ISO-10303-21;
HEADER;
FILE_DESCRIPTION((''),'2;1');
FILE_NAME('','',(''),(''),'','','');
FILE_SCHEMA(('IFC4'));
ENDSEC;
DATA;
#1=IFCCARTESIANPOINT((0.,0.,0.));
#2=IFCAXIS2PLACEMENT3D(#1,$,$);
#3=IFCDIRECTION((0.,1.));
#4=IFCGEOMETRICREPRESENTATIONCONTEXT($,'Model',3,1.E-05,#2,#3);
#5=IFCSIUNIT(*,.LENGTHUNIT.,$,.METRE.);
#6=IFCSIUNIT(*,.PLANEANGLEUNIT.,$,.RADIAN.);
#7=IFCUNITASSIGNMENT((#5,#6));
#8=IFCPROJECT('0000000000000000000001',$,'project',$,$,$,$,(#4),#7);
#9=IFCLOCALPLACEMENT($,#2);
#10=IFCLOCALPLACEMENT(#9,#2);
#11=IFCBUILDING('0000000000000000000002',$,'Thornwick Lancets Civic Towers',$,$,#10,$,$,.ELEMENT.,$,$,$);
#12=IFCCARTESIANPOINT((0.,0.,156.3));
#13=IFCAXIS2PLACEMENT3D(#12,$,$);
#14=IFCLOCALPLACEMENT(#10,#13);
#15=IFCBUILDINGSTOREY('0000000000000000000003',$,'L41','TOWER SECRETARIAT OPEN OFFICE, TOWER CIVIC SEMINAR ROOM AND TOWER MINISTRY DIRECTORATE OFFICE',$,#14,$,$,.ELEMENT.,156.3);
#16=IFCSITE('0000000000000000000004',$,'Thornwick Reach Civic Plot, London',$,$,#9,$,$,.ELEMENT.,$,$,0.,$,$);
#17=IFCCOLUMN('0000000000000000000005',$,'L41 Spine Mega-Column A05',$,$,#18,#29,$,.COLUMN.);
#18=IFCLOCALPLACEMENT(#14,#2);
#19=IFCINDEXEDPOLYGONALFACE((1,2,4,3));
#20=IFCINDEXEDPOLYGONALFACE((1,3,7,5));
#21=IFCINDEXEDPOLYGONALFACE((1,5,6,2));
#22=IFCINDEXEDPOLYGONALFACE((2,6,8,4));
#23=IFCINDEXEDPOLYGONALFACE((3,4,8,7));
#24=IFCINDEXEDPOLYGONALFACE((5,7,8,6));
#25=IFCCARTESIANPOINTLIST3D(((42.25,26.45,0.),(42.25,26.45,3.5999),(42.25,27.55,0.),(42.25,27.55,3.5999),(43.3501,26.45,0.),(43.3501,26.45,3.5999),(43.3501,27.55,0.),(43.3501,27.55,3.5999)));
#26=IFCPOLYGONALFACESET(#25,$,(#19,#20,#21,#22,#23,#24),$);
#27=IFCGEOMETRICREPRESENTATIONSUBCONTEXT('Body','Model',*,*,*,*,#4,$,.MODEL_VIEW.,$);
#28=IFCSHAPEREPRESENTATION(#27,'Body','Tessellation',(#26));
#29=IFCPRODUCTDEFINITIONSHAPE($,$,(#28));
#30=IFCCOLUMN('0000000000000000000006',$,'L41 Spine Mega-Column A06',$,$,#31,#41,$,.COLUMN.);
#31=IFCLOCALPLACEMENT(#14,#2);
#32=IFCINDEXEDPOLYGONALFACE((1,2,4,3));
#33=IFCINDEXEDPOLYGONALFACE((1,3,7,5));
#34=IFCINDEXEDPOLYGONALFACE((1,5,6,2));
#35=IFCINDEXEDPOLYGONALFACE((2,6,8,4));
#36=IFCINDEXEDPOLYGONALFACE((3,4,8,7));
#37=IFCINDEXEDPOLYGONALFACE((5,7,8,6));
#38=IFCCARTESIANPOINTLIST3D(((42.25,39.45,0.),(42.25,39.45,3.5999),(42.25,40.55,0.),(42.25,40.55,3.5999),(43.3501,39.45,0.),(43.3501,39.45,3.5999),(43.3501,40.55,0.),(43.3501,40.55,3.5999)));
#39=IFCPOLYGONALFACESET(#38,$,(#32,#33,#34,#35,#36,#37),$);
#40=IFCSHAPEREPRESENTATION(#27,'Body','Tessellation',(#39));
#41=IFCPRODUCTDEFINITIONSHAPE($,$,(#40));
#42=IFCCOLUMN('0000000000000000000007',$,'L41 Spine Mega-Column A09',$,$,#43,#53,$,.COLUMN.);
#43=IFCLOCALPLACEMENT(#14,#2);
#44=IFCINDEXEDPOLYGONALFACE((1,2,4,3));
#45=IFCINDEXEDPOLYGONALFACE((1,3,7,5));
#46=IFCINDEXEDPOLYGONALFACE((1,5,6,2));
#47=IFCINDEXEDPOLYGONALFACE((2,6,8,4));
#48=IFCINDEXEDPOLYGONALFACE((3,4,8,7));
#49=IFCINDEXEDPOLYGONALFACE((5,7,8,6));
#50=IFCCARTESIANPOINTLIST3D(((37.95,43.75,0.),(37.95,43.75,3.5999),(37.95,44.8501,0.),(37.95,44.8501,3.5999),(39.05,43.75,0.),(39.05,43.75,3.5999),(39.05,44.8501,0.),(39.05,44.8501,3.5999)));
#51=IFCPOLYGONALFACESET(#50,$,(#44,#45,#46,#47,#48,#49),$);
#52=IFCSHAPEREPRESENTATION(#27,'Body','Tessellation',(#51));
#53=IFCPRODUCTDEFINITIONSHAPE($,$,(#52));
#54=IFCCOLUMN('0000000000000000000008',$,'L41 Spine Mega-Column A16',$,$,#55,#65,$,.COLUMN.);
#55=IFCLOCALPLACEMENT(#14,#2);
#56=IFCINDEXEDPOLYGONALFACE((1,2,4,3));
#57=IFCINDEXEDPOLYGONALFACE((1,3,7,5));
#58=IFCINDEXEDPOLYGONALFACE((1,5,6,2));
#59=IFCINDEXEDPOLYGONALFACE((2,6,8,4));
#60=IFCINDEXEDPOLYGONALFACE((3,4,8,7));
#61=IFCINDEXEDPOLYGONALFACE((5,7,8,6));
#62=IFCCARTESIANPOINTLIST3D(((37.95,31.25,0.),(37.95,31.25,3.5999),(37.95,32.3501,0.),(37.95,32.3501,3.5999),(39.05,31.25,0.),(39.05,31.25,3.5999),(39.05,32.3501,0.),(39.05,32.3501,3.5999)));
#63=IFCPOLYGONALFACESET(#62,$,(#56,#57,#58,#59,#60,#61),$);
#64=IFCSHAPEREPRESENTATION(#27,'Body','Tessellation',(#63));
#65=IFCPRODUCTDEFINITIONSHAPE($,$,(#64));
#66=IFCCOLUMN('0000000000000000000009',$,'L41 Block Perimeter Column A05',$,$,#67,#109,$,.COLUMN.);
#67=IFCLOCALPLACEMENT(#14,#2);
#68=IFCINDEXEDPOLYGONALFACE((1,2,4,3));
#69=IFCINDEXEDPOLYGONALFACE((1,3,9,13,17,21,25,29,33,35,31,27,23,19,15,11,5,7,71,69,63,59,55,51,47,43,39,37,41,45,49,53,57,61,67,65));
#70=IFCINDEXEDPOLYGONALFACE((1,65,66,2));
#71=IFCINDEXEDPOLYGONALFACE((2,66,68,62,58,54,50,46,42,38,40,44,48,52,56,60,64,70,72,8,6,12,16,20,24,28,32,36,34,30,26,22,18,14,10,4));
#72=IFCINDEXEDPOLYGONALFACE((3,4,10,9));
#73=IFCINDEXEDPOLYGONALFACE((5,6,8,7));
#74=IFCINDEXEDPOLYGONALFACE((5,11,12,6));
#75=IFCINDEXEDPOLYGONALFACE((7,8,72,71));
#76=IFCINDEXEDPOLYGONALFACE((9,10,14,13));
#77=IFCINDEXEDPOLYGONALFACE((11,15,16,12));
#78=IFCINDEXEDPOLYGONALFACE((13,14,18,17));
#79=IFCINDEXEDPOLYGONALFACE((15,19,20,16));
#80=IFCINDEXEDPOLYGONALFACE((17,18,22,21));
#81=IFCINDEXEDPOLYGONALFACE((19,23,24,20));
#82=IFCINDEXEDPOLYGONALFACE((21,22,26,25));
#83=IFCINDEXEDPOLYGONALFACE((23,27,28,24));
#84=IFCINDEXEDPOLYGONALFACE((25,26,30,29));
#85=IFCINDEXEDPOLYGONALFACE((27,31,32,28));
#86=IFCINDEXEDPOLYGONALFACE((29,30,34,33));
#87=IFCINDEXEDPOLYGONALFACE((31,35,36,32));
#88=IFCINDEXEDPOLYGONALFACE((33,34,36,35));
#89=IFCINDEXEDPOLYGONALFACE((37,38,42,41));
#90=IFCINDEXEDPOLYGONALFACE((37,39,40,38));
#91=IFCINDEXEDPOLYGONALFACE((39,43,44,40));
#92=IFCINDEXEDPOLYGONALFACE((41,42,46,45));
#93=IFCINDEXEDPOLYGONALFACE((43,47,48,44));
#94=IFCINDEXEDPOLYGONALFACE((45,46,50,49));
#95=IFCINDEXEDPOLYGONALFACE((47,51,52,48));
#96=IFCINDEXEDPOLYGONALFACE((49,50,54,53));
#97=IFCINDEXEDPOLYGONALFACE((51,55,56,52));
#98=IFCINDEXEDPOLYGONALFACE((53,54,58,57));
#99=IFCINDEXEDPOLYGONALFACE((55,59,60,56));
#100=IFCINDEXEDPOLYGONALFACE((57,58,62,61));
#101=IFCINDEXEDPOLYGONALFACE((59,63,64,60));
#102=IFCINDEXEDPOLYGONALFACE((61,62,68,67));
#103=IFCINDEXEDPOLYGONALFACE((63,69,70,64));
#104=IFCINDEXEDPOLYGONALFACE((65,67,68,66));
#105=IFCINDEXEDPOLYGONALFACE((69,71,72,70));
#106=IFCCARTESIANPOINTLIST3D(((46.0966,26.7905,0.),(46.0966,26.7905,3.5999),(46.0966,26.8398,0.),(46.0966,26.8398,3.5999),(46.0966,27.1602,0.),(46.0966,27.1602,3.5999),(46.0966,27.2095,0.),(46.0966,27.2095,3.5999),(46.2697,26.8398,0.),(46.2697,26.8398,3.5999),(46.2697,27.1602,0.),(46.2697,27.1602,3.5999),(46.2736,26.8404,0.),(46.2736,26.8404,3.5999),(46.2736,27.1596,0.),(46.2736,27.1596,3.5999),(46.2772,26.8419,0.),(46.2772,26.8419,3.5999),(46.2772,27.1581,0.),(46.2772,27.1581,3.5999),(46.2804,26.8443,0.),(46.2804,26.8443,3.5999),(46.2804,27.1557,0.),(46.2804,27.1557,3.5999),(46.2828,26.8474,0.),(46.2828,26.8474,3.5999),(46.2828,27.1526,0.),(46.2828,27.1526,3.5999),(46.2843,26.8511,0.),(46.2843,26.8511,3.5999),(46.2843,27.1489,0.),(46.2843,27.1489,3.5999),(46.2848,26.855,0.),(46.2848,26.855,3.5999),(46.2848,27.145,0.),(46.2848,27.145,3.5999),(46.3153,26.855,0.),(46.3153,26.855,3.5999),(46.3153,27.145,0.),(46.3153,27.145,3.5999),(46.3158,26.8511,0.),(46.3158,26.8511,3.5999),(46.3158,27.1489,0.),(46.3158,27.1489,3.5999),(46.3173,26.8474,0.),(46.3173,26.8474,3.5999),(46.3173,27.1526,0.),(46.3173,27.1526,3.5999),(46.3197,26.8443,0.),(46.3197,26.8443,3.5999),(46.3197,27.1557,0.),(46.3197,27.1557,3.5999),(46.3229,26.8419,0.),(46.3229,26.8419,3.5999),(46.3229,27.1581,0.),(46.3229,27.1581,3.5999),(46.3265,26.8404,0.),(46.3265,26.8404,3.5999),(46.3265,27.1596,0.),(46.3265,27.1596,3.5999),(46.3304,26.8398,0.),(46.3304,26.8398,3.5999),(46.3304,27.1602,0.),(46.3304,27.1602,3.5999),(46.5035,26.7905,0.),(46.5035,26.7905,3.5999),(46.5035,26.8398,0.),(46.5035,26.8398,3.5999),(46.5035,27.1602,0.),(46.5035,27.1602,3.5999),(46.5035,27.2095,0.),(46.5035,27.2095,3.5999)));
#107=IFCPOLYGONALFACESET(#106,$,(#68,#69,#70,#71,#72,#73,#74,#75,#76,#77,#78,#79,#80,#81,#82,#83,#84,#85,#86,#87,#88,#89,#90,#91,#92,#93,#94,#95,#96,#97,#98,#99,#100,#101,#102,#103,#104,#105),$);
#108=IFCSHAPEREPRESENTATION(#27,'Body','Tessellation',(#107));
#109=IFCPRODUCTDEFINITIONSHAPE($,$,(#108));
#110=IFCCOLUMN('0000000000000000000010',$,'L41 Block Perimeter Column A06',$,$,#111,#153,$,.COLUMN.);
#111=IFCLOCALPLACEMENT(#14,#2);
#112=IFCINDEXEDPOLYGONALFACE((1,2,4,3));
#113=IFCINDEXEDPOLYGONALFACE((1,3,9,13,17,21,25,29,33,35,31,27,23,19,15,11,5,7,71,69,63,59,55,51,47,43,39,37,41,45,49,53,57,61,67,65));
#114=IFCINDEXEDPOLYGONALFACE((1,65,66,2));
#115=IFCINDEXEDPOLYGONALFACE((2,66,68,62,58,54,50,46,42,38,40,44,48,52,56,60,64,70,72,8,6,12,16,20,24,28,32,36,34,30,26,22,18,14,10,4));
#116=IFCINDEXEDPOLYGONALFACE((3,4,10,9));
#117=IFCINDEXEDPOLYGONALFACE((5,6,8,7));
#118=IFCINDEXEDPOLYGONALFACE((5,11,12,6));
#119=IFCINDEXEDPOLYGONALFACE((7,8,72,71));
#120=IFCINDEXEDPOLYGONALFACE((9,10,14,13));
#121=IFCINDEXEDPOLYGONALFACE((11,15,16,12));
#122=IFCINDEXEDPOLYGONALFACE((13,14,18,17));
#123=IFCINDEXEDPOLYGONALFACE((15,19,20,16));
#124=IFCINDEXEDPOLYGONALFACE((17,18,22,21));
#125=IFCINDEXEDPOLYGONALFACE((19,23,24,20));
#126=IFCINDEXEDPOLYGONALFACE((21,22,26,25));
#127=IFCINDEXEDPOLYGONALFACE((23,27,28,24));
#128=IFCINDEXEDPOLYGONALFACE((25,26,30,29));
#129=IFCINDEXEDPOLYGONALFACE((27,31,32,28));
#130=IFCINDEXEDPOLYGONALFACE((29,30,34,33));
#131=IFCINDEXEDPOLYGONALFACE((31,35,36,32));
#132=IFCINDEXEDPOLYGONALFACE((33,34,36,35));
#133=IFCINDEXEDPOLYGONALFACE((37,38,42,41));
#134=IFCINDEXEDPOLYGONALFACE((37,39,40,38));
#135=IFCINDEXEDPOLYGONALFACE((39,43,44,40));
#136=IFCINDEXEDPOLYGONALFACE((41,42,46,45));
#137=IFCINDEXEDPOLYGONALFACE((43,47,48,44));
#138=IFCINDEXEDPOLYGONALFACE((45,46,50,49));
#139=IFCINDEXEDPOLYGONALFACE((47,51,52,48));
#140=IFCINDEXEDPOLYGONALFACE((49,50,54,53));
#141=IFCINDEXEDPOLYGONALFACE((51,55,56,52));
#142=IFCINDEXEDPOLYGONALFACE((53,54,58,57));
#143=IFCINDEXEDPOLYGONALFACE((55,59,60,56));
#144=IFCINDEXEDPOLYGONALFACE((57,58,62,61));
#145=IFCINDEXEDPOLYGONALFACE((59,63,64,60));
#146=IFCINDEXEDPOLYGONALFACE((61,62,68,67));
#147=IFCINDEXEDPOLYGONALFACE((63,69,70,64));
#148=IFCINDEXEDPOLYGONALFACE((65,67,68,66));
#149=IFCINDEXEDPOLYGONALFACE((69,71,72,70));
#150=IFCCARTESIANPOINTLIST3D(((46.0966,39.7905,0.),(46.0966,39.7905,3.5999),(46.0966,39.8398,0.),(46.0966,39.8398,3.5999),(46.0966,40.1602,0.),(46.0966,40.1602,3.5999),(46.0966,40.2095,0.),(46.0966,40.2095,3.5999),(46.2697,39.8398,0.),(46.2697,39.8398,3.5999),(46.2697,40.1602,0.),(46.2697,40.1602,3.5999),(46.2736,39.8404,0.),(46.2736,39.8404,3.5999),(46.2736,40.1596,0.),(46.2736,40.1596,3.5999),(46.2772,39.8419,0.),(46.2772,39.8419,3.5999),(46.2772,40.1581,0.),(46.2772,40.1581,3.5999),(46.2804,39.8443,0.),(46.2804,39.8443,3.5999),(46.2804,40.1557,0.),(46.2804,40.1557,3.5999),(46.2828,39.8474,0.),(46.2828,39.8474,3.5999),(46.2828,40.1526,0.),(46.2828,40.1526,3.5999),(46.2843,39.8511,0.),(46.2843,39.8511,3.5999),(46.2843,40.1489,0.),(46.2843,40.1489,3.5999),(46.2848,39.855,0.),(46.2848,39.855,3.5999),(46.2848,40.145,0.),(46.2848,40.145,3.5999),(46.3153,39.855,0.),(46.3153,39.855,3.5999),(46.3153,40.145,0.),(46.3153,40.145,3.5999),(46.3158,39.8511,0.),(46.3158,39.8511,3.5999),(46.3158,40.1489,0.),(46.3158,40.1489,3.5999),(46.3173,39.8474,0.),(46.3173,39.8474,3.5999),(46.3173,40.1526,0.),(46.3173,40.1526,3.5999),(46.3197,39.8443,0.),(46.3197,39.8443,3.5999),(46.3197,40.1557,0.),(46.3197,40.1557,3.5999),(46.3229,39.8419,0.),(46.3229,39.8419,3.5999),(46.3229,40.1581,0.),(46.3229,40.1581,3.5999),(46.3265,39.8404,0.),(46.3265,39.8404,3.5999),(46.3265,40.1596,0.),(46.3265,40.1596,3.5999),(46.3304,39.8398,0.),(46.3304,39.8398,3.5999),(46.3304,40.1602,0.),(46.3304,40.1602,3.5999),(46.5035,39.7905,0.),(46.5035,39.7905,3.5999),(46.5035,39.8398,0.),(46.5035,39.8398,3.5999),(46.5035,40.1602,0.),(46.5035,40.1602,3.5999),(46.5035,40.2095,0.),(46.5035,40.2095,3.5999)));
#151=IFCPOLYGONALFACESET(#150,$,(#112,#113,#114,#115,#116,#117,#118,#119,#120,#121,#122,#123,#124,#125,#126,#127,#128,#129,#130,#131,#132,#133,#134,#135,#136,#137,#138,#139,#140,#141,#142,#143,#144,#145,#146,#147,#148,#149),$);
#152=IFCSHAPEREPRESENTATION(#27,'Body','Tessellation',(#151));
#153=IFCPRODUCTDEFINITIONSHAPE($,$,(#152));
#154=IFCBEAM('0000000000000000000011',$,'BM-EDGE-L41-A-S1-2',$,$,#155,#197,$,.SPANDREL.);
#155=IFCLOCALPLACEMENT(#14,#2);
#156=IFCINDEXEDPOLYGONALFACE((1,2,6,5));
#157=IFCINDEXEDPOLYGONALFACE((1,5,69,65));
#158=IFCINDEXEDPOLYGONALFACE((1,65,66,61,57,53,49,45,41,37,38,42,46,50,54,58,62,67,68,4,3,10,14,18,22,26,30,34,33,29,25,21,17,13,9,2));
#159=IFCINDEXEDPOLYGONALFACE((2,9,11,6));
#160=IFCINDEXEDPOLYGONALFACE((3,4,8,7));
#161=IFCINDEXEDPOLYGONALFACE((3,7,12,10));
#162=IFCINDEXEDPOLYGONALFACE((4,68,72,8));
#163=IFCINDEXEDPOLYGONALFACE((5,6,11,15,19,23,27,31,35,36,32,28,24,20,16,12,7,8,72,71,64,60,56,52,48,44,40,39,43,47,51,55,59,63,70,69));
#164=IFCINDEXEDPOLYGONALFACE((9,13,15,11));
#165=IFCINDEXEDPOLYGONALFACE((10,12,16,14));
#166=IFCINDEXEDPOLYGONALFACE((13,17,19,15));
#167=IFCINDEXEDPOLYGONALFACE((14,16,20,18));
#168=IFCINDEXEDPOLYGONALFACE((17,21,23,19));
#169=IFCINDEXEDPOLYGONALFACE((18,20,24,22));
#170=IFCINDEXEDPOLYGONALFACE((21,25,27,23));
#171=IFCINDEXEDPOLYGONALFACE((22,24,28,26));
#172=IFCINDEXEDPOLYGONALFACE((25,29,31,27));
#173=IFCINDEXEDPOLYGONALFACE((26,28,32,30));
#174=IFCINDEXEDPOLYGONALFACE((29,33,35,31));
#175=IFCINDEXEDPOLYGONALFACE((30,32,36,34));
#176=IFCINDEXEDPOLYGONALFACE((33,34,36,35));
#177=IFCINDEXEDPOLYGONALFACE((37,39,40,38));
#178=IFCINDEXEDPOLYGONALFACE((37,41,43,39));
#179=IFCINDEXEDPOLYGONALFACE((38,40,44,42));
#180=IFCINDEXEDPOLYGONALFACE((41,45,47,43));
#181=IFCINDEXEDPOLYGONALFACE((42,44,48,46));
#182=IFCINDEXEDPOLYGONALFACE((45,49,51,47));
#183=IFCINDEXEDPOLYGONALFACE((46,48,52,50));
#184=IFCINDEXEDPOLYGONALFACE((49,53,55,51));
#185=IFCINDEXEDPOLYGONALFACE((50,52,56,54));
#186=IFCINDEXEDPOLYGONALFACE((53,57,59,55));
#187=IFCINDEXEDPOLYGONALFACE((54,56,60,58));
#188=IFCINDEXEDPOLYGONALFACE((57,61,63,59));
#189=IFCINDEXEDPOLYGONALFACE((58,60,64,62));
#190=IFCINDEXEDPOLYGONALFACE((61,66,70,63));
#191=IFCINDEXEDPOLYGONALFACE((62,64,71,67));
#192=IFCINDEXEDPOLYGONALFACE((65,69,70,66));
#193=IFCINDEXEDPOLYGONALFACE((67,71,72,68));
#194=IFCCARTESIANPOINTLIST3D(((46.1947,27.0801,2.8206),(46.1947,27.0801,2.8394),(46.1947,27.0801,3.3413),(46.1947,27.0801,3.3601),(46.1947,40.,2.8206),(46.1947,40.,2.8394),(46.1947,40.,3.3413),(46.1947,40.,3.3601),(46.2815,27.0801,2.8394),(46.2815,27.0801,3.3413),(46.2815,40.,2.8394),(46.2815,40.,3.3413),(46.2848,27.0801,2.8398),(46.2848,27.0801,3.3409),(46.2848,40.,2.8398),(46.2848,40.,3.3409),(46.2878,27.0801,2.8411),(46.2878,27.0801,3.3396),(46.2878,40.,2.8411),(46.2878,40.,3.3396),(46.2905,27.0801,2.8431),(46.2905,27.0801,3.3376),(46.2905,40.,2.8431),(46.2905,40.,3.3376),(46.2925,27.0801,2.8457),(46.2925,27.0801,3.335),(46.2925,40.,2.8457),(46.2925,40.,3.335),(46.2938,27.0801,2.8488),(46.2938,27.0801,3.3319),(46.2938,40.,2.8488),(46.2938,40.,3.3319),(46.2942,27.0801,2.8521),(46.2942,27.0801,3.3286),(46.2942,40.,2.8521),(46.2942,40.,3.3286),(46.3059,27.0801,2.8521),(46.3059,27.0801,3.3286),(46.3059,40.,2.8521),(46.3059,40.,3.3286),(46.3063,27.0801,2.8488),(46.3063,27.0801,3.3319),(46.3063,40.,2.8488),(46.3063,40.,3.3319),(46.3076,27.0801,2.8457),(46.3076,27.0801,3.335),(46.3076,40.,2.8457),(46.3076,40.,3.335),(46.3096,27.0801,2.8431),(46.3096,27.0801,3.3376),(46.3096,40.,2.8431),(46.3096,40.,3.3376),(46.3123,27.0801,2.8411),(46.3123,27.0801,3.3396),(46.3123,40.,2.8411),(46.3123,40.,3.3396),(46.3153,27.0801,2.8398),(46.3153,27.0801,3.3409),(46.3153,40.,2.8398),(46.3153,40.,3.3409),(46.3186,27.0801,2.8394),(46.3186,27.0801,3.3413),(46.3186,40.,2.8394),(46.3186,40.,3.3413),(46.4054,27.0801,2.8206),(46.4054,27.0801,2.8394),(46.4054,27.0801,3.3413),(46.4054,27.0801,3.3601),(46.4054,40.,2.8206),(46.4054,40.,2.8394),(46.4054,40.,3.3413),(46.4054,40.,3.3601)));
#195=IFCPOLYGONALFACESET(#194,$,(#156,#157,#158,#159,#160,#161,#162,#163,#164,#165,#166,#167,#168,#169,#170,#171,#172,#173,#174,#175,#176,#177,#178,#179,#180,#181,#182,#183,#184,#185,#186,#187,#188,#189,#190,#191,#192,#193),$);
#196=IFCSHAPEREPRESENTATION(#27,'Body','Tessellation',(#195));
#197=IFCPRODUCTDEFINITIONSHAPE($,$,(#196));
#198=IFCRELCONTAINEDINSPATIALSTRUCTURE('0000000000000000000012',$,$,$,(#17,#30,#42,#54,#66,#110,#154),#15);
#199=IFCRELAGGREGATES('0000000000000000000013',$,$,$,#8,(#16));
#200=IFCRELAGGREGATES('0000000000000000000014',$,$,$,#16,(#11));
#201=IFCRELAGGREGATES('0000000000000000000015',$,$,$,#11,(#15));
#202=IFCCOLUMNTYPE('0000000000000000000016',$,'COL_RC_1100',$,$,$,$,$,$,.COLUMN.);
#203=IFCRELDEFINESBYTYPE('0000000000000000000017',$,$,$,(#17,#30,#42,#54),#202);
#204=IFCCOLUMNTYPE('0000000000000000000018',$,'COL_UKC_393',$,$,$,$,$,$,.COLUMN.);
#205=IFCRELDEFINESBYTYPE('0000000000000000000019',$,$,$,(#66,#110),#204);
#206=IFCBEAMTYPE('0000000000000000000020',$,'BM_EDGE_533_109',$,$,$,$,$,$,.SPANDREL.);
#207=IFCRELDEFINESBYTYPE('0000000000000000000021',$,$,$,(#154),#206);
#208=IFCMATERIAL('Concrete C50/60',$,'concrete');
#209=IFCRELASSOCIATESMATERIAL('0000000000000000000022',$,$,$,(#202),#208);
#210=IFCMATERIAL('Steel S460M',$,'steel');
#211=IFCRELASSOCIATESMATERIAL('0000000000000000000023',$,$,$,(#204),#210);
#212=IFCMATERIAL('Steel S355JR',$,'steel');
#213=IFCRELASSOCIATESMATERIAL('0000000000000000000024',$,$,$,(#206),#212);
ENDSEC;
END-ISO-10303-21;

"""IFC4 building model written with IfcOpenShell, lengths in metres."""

from ifc_helpers import new_model, si_unit, direction, frame, origin, origin_2d, place, context, subcontext, project, spatial, rectangle, i_section, extrude, material, material_profile, profile_set, type_object, element, save


model = new_model("IFC4")

# Units and contexts
model_context = context("Model", 3, precision=1e-05, world=origin(), true_north=direction((0.0, 1.0)))
body_context = subcontext(model_context, "Body", "Model", "MODEL_VIEW")
ifc_project = project(units=[si_unit("LENGTHUNIT", "METRE"), si_unit("PLANEANGLEUNIT", "RADIAN")], contexts=[model_context])

# Site, building, storey
site_placement = place(None, origin())
site = spatial("IfcSite", under=ifc_project, at=site_placement, Name="Thornwick Reach Civic Plot, London", CompositionType="ELEMENT", RefElevation=0.0)
building_placement = place(site_placement, origin())
building = spatial("IfcBuilding", under=site, at=building_placement, Name="Thornwick Lancets Civic Towers", CompositionType="ELEMENT")
storey_placement = place(building_placement, frame((0.0, 0.0, 156.3)))
storey = spatial("IfcBuildingStorey", under=building, at=storey_placement, Name="L41", Description="TOWER SECRETARIAT OPEN OFFICE, TOWER CIVIC SEMINAR ROOM AND TOWER MINISTRY DIRECTORATE OFFICE", CompositionType="ELEMENT", Elevation=156.3)

# Columns
ifc_material_1 = material(Name="Concrete C50/60", Category="concrete")
ifc_material_profile_1 = material_profile(ifc_material_1, rectangle(XDim=1.1001, YDim=1.1001, at=origin_2d()), Name="RC 1100x1100")
ifc_profile_set_1 = profile_set([ifc_material_profile_1], Name="Concrete C50/60")
column_type_1 = type_object("IfcColumnType", Name="COL_RC_1100", PredefinedType="COLUMN", material=ifc_profile_set_1)
for number, where, z_axis, x_axis, name in (
    (1, (42.8, 27.0, 0.0), (0.0, 0.0, 1.0), (1.0, 0.0, 0.0), "L41 Spine Mega-Column A05"),
    (2, (42.8, 40.0, 0.0), (0.0, 0.0, 1.0), (1.0, 0.0, 0.0), "L41 Spine Mega-Column A06"),
    (3, (38.5, 44.3, 0.0), (0.0, 0.0, 1.0), (1.0, 0.0, 0.0), "L41 Spine Mega-Column A09"),
    (4, (38.5, 31.8, 0.0), (0.0, 0.0, 1.0), (1.0, 0.0, 0.0), "L41 Spine Mega-Column A16"),
):
    element("IfcColumn", number, at=place(storey_placement, frame(where, z_axis=z_axis, x_axis=x_axis)), inside=storey, type_object=column_type_1, Name=name, PredefinedType="COLUMN", context=body_context, shape_type="SweptSolid", body=[
        extrude(rectangle(XDim=1.1001, YDim=1.1001, at=origin_2d()), origin(), (0.0, 0.0, 1.0), 3.5999),
    ])
ifc_material_2 = material(Name="Steel S460M", Category="steel")
ifc_material_profile_2 = material_profile(ifc_material_2, i_section(OverallWidth=0.407, OverallDepth=0.4189, WebThickness=0.0305, FlangeThickness=0.0493, FilletRadius=0.0151, at=origin_2d()), Name="UKC 356x406x393")
ifc_profile_set_2 = profile_set([ifc_material_profile_2], Name="Steel S460M")
column_type_2 = type_object("IfcColumnType", Name="COL_UKC_393", PredefinedType="COLUMN", material=ifc_profile_set_2)
for number, where, z_axis, x_axis, name in (
    (5, (46.3, 27.0, 0.0), (0.0, 0.0, 1.0), (1.0, 0.0, 0.0), "L41 Block Perimeter Column A05"),
    (6, (46.3, 40.0, 0.0), (0.0, 0.0, 1.0), (1.0, 0.0, 0.0), "L41 Block Perimeter Column A06"),
):
    element("IfcColumn", number, at=place(storey_placement, frame(where, z_axis=z_axis, x_axis=x_axis)), inside=storey, type_object=column_type_2, Name=name, PredefinedType="COLUMN", context=body_context, shape_type="SweptSolid", body=[
        extrude(i_section(OverallWidth=0.407, OverallDepth=0.4189, WebThickness=0.0305, FlangeThickness=0.0493, FilletRadius=0.0151, at=origin_2d()), origin(), (0.0, 0.0, 1.0), 3.5999),
    ])

# Beam
ifc_material_3 = material(Name="Steel S355JR", Category="steel")
ifc_material_profile_3 = material_profile(ifc_material_3, i_section(OverallWidth=0.2107, OverallDepth=0.5396, WebThickness=0.0117, FlangeThickness=0.0188, FilletRadius=0.0127, at=origin_2d()), Name="UKB 533x210x109")
ifc_profile_set_3 = profile_set([ifc_material_profile_3], Name="Steel S355JR")
beam_type_1 = type_object("IfcBeamType", Name="BM_EDGE_533_109", PredefinedType="SPANDREL", material=ifc_profile_set_3)
beam_1_placement = place(storey_placement, frame((46.3, 27.0801, 3.0903), z_axis=(0.0, 1.0, 0.0), x_axis=(-1.0, 0.0, 0.0)))
element("IfcBeam", 7, at=beam_1_placement, inside=storey, type_object=beam_type_1, Name="BM-EDGE-L41-A-S1-2", PredefinedType="SPANDREL", context=body_context, shape_type="SweptSolid", body=[
    extrude(i_section(OverallWidth=0.2107, OverallDepth=0.5396, WebThickness=0.0117, FlangeThickness=0.0188, FilletRadius=0.0127, at=origin_2d()), origin(), (0.0, 0.0, 1.0), 12.9199),
])

save(model, "model.ifc")
